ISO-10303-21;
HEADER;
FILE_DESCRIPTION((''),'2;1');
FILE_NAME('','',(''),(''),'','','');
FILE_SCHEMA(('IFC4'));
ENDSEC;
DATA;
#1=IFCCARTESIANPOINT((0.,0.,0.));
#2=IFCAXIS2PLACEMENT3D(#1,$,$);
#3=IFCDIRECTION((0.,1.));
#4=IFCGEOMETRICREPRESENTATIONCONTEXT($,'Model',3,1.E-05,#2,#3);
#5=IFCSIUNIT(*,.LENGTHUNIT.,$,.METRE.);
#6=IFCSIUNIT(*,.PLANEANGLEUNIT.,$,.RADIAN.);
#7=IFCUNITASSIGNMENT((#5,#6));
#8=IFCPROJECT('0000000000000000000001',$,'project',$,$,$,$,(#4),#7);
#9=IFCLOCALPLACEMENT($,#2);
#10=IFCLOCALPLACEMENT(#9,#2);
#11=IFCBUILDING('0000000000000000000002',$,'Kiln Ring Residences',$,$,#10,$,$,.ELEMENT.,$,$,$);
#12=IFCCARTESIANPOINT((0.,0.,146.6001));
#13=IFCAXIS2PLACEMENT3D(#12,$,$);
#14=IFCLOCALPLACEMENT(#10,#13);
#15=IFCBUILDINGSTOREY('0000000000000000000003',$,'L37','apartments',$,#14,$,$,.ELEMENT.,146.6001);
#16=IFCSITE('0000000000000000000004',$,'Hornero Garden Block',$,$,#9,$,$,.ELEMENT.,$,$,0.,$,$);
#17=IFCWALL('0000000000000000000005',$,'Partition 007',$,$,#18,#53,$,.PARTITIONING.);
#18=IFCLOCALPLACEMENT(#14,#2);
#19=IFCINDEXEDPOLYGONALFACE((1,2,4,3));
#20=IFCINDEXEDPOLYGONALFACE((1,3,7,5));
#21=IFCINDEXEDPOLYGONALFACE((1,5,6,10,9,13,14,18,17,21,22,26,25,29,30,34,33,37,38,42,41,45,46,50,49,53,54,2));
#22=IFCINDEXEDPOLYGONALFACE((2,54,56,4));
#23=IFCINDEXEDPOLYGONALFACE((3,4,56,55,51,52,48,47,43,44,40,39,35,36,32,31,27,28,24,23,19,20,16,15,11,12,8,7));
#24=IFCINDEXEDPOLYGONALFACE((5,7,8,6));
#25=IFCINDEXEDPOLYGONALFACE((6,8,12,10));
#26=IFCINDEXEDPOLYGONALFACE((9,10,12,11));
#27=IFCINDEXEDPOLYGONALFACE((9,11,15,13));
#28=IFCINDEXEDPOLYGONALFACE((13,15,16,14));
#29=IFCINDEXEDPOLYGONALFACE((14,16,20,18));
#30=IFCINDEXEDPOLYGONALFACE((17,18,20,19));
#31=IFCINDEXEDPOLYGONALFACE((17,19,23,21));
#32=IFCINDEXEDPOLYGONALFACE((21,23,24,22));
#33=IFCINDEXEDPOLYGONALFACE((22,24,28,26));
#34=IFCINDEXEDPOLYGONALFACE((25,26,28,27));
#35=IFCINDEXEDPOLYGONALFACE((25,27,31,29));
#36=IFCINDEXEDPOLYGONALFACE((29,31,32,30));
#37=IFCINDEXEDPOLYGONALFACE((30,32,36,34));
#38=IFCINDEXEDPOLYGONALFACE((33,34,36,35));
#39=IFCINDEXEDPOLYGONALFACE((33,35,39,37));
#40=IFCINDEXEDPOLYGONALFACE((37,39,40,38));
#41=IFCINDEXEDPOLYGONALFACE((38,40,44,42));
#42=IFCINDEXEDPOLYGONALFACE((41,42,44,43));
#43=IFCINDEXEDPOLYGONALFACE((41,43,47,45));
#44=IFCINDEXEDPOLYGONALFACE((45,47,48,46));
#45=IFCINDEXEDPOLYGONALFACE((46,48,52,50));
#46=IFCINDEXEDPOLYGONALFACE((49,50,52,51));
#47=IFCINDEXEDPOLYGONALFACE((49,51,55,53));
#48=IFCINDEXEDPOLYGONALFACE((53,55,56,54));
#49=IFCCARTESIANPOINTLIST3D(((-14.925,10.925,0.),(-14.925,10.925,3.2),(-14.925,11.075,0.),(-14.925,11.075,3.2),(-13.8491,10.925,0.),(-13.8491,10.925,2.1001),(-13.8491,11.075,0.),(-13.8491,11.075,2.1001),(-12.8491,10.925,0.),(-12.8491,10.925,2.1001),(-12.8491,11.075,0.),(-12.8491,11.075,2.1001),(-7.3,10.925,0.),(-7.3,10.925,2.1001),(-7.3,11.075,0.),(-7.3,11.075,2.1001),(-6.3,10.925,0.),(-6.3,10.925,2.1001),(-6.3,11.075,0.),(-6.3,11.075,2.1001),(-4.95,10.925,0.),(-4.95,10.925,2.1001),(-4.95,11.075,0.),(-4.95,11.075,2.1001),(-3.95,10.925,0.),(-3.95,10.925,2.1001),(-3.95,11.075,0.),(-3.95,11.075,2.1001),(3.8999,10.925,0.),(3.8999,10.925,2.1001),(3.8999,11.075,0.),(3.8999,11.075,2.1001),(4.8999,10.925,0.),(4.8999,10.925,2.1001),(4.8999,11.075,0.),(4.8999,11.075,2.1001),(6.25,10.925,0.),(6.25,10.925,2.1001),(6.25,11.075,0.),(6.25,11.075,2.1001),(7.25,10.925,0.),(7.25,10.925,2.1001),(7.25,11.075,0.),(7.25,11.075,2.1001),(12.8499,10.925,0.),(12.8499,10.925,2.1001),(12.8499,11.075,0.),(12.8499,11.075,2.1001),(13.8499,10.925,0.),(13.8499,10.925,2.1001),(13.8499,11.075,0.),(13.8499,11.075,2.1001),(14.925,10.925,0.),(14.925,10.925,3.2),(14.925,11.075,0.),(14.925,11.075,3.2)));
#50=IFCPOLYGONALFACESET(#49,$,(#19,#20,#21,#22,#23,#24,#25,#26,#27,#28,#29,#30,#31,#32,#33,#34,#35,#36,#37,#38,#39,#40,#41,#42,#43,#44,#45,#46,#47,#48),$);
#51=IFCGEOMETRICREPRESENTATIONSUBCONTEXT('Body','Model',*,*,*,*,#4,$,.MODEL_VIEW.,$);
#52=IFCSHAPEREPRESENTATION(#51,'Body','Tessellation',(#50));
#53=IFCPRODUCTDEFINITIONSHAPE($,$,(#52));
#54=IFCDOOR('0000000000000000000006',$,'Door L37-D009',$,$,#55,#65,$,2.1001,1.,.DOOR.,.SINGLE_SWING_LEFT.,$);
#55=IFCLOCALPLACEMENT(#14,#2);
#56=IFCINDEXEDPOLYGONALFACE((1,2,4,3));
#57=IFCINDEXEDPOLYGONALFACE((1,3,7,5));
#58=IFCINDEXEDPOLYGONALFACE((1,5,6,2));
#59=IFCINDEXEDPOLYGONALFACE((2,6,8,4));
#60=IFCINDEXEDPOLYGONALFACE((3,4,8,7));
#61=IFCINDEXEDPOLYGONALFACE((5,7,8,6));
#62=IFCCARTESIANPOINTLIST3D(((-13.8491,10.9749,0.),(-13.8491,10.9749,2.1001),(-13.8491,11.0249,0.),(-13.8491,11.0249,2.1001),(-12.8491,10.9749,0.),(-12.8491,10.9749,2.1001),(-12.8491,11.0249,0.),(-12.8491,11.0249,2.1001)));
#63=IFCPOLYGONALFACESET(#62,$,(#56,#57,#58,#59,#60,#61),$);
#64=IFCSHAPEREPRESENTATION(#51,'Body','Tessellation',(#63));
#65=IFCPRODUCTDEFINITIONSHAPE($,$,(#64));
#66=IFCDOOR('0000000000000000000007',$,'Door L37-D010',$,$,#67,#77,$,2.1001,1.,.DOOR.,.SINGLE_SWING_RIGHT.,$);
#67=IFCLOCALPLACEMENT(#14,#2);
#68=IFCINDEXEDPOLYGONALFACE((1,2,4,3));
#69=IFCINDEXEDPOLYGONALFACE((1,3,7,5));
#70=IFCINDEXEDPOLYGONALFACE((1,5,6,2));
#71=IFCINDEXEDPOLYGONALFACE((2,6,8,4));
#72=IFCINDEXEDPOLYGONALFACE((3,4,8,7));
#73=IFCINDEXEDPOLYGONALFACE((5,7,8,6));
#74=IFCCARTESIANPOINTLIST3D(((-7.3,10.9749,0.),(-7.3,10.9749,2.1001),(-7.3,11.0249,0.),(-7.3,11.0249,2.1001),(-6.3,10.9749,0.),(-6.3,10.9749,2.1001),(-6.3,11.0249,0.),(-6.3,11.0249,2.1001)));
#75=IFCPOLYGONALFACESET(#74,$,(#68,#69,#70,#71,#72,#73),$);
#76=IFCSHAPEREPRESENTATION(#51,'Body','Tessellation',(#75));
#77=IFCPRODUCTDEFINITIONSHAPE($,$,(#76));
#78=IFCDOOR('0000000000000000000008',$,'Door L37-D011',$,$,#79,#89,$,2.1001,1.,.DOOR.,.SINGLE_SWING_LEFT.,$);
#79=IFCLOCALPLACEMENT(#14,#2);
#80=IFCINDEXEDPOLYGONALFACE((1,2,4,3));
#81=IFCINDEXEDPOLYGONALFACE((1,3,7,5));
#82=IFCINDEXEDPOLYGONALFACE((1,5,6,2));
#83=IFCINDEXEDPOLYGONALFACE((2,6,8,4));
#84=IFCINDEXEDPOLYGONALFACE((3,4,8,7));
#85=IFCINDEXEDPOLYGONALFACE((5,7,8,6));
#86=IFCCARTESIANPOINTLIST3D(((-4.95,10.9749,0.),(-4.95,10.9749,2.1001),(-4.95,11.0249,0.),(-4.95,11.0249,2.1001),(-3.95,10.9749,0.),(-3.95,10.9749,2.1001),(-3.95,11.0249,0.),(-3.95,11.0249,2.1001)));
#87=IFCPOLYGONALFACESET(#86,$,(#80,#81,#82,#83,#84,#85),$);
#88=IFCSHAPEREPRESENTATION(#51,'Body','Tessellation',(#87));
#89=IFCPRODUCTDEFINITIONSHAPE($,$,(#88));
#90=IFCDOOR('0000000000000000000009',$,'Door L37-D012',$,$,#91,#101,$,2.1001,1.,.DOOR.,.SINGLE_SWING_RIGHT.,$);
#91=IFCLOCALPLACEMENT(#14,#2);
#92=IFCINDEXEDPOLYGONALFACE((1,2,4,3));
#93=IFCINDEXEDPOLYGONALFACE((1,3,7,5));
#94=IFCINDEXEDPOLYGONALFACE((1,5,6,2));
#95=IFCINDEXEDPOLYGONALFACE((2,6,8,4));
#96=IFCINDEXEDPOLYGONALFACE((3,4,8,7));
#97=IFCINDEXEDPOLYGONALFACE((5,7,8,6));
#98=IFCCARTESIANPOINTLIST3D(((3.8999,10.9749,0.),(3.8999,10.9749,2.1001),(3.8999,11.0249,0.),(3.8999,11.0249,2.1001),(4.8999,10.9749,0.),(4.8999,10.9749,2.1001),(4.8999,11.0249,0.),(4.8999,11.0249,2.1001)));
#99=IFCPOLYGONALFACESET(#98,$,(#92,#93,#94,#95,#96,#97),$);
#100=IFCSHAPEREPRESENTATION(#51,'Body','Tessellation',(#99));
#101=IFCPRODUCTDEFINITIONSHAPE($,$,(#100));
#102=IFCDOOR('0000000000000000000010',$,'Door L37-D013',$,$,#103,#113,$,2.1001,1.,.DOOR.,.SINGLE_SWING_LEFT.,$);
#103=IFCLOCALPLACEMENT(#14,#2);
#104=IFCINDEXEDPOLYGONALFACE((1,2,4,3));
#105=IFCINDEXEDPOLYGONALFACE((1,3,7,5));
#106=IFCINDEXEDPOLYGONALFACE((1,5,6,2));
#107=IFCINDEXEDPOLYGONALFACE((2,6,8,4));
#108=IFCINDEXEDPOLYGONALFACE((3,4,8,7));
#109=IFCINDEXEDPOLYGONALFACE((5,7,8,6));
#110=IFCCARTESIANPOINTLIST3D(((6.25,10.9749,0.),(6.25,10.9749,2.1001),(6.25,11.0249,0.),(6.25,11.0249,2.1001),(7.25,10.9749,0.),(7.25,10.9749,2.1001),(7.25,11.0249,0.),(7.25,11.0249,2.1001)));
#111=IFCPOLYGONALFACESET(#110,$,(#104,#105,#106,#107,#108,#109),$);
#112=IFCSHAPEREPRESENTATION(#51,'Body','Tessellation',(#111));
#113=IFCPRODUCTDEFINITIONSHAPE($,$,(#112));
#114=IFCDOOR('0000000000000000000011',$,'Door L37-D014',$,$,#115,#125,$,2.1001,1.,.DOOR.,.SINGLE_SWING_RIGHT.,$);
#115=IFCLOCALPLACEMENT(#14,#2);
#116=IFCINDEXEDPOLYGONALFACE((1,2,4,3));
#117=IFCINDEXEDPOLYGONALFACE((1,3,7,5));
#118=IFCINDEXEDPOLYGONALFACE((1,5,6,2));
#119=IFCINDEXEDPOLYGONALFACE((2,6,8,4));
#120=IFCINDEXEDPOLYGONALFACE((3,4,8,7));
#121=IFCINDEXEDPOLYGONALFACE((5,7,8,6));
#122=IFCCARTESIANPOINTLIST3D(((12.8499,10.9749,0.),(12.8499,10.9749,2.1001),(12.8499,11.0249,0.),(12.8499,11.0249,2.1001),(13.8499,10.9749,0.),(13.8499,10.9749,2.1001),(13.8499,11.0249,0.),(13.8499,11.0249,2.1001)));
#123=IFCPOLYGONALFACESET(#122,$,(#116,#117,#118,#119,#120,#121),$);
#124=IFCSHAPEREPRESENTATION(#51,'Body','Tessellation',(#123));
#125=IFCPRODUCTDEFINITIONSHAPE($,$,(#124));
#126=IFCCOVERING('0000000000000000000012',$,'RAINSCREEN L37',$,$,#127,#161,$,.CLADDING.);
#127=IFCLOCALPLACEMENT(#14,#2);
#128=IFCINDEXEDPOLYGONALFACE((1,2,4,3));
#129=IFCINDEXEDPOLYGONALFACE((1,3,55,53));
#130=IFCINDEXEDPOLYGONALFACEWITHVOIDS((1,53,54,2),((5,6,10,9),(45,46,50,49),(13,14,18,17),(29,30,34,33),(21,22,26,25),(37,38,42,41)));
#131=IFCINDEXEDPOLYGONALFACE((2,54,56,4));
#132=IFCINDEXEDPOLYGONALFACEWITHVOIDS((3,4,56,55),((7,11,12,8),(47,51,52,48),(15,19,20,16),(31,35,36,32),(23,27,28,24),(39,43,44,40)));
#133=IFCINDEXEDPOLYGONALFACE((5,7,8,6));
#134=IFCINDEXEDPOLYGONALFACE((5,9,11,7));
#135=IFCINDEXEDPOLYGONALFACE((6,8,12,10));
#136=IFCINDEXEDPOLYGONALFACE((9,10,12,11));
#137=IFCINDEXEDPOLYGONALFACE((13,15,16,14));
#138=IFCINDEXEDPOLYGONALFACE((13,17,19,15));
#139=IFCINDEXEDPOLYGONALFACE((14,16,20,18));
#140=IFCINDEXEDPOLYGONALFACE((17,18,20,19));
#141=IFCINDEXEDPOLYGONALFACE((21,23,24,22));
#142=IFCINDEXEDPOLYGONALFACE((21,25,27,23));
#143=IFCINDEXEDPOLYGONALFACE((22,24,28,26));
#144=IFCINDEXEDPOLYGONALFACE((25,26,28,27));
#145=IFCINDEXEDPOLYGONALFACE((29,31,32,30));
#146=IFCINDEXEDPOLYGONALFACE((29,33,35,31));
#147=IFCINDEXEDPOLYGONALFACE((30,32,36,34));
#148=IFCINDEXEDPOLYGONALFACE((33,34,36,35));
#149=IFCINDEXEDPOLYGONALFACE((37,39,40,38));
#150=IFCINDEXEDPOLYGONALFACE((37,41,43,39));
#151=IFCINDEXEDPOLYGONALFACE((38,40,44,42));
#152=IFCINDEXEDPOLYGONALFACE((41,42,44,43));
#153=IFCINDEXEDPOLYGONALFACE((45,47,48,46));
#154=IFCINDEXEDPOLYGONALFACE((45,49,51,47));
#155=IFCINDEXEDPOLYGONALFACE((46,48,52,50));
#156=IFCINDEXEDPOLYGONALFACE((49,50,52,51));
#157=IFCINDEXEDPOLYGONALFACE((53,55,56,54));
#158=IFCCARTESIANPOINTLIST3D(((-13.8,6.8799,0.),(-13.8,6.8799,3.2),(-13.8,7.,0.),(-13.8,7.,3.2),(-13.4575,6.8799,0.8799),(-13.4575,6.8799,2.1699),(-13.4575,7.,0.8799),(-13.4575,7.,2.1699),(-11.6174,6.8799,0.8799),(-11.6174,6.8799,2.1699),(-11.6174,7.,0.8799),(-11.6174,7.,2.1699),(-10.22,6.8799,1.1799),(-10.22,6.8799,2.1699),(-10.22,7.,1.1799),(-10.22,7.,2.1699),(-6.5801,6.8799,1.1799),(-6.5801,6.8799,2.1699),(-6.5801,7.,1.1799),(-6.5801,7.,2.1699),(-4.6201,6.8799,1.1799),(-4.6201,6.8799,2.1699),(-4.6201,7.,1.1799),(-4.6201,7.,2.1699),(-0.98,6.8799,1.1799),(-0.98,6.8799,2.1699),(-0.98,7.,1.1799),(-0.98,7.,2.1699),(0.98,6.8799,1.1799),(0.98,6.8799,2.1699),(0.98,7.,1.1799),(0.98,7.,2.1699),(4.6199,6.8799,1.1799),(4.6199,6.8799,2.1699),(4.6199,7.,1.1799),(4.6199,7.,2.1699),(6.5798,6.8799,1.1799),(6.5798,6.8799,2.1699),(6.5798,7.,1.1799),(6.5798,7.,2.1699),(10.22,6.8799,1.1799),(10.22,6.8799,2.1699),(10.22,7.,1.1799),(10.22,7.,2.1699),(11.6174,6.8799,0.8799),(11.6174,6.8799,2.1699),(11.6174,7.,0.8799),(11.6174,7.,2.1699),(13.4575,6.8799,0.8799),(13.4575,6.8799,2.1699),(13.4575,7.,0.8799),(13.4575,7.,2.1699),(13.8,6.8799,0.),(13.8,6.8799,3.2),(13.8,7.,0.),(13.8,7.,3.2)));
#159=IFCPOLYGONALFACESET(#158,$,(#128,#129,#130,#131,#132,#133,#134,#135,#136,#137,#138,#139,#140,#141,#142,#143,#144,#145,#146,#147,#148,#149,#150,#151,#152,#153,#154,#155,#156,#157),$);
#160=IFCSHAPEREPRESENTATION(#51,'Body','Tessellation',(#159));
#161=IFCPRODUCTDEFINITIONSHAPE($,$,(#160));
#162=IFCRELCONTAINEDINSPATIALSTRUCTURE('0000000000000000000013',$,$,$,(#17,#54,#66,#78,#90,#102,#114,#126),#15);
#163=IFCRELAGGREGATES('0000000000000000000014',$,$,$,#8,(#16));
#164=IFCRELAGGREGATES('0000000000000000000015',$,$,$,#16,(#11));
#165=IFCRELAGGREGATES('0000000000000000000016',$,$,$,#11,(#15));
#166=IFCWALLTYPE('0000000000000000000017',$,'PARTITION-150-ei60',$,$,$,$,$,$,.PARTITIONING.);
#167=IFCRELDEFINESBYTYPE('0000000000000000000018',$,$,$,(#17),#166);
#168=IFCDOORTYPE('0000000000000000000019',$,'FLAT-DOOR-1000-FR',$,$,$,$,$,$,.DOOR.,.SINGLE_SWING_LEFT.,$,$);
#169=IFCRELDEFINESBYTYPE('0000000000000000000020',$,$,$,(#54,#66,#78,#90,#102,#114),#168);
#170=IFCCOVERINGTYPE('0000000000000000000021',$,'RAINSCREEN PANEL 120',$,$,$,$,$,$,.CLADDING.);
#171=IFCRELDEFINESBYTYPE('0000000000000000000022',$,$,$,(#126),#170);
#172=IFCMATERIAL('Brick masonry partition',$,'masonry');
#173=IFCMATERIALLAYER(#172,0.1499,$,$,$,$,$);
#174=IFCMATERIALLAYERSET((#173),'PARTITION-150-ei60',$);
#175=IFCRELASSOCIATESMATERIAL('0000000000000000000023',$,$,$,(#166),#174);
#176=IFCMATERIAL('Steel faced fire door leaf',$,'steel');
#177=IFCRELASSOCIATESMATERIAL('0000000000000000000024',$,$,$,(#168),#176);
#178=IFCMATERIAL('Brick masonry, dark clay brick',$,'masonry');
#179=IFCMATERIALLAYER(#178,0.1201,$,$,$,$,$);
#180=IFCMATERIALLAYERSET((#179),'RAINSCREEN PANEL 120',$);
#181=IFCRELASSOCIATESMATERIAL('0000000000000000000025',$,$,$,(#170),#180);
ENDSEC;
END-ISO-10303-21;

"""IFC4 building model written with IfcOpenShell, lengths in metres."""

from ifc_helpers import new_model, si_unit, direction, frame, frame_2d, origin, place, context, subcontext, project, spatial, polyline, rectangle, outline, extrude, material, layer, layer_set, type_object, element, fill, save


model = new_model("IFC4")

# Units and contexts
model_context = context("Model", 3, precision=1e-05, world=origin(), true_north=direction((0.0, 1.0)))
body_context = subcontext(model_context, "Body", "Model", "MODEL_VIEW")
ifc_project = project(units=[si_unit("LENGTHUNIT", "METRE"), si_unit("PLANEANGLEUNIT", "RADIAN")], contexts=[model_context])

# Site, building, storey
site_placement = place(None, origin())
site = spatial("IfcSite", under=ifc_project, at=site_placement, Name="Hornero Garden Block", CompositionType="ELEMENT", RefElevation=0.0)
building_placement = place(site_placement, origin())
building = spatial("IfcBuilding", under=site, at=building_placement, Name="Kiln Ring Residences", CompositionType="ELEMENT")
storey_placement = place(building_placement, frame((0.0, 0.0, 146.6001)))
storey = spatial("IfcBuildingStorey", under=building, at=storey_placement, Name="L37", Description="apartments", CompositionType="ELEMENT", Elevation=146.6001)

# Wall, openings, doors
ifc_material_1 = material(Name="Brick masonry partition", Category="masonry")
ifc_layer_1 = layer(ifc_material_1, 0.1499)
ifc_layer_set_1 = layer_set([ifc_layer_1], Name="PARTITION-150-ei60")
wall_type_1 = type_object("IfcWallType", Name="PARTITION-150-ei60", PredefinedType="PARTITIONING", material=ifc_layer_set_1)
wall_1_placement = place(storey_placement, frame((-14.925, 11.0, 0.0), z_axis=(0.0, 0.0, 1.0), x_axis=(1.0, 0.0, 0.0)))
wall_1 = element("IfcWall", 1, at=wall_1_placement, inside=storey, type_object=wall_type_1, Name="Partition 007", PredefinedType="PARTITIONING", context=body_context, shape_type="SweptSolid", body=[
    extrude(rectangle(XDim=29.8501, YDim=0.1499, at=frame_2d((14.925, 0.0))), origin(), (0.0, 0.0, 1.0), 3.2),
])
opening_1_placement = place(wall_1_placement, frame((1.0759, 0.0, 0.0)))
opening_1 = element("IfcOpeningElement", 2, at=opening_1_placement, cuts=wall_1, PredefinedType="OPENING", context=body_context, shape_type="SweptSolid", body=[
    extrude(rectangle(XDim=1.0, YDim=2.1001, at=frame_2d((0.5, 1.05))), frame((0.0, 0.085, 0.0), z_axis=(0.0, -1.0, 0.0), x_axis=(1.0, 0.0, 0.0)), (0.0, 0.0, 1.0), 0.1699),
])
opening_2_placement = place(wall_1_placement, frame((7.625, 0.0, 0.0)))
opening_2 = element("IfcOpeningElement", 3, at=opening_2_placement, cuts=wall_1, PredefinedType="OPENING", context=body_context, shape_type="SweptSolid", body=[
    extrude(rectangle(XDim=1.0, YDim=2.1001, at=frame_2d((0.5, 1.05))), frame((0.0, 0.085, 0.0), z_axis=(0.0, -1.0, 0.0), x_axis=(1.0, 0.0, 0.0)), (0.0, 0.0, 1.0), 0.1699),
])
opening_3_placement = place(wall_1_placement, frame((9.9751, 0.0, 0.0)))
opening_3 = element("IfcOpeningElement", 4, at=opening_3_placement, cuts=wall_1, PredefinedType="OPENING", context=body_context, shape_type="SweptSolid", body=[
    extrude(rectangle(XDim=1.0, YDim=2.1001, at=frame_2d((0.5, 1.05))), frame((0.0, 0.085, 0.0), z_axis=(0.0, -1.0, 0.0), x_axis=(1.0, 0.0, 0.0)), (0.0, 0.0, 1.0), 0.1699),
])
opening_4_placement = place(wall_1_placement, frame((18.825, 0.0, 0.0)))
opening_4 = element("IfcOpeningElement", 5, at=opening_4_placement, cuts=wall_1, PredefinedType="OPENING", context=body_context, shape_type="SweptSolid", body=[
    extrude(rectangle(XDim=1.0, YDim=2.1001, at=frame_2d((0.5, 1.05))), frame((0.0, 0.085, 0.0), z_axis=(0.0, -1.0, 0.0), x_axis=(1.0, 0.0, 0.0)), (0.0, 0.0, 1.0), 0.1699),
])
opening_5_placement = place(wall_1_placement, frame((21.175, 0.0, 0.0)))
opening_5 = element("IfcOpeningElement", 6, at=opening_5_placement, cuts=wall_1, PredefinedType="OPENING", context=body_context, shape_type="SweptSolid", body=[
    extrude(rectangle(XDim=1.0, YDim=2.1001, at=frame_2d((0.5, 1.05))), frame((0.0, 0.085, 0.0), z_axis=(0.0, -1.0, 0.0), x_axis=(1.0, 0.0, 0.0)), (0.0, 0.0, 1.0), 0.1699),
])
opening_6_placement = place(wall_1_placement, frame((27.7749, 0.0, 0.0)))
opening_6 = element("IfcOpeningElement", 7, at=opening_6_placement, cuts=wall_1, PredefinedType="OPENING", context=body_context, shape_type="SweptSolid", body=[
    extrude(rectangle(XDim=1.0, YDim=2.1001, at=frame_2d((0.5, 1.05))), frame((0.0, 0.085, 0.0), z_axis=(0.0, -1.0, 0.0), x_axis=(1.0, 0.0, 0.0)), (0.0, 0.0, 1.0), 0.1699),
])
ifc_material_2 = material(Name="Steel faced fire door leaf", Category="steel")
door_type = type_object("IfcDoorType", Name="FLAT-DOOR-1000-FR", OperationType="SINGLE_SWING_LEFT", PredefinedType="DOOR", material=ifc_material_2)
door_1_placement = place(opening_1_placement, origin())
door_1 = element("IfcDoor", 8, at=door_1_placement, inside=storey, type_object=door_type, Name="Door L37-D009", OperationType="SINGLE_SWING_LEFT", OverallHeight=2.1001, OverallWidth=1.0, PredefinedType="DOOR", context=body_context, shape_type="SweptSolid", body=[
    extrude(rectangle(XDim=1.0, YDim=2.1001, at=frame_2d((0.5, 1.05))), frame((0.0, 0.0249, 0.0), z_axis=(0.0, -1.0, 0.0), x_axis=(1.0, 0.0, 0.0)), (0.0, 0.0, 1.0), 0.05),
])
fill(opening_1, door_1)
door_2_placement = place(opening_2_placement, origin())
door_2 = element("IfcDoor", 9, at=door_2_placement, inside=storey, type_object=door_type, Name="Door L37-D010", OperationType="SINGLE_SWING_RIGHT", OverallHeight=2.1001, OverallWidth=1.0, PredefinedType="DOOR", context=body_context, shape_type="SweptSolid", body=[
    extrude(rectangle(XDim=1.0, YDim=2.1001, at=frame_2d((0.5, 1.05))), frame((0.0, 0.0249, 0.0), z_axis=(0.0, -1.0, 0.0), x_axis=(1.0, 0.0, 0.0)), (0.0, 0.0, 1.0), 0.05),
])
fill(opening_2, door_2)
door_3_placement = place(opening_3_placement, origin())
door_3 = element("IfcDoor", 10, at=door_3_placement, inside=storey, type_object=door_type, Name="Door L37-D011", OperationType="SINGLE_SWING_LEFT", OverallHeight=2.1001, OverallWidth=1.0, PredefinedType="DOOR", context=body_context, shape_type="SweptSolid", body=[
    extrude(rectangle(XDim=1.0, YDim=2.1001, at=frame_2d((0.5, 1.05))), frame((0.0, 0.0249, 0.0), z_axis=(0.0, -1.0, 0.0), x_axis=(1.0, 0.0, 0.0)), (0.0, 0.0, 1.0), 0.05),
])
fill(opening_3, door_3)
door_4_placement = place(opening_4_placement, origin())
door_4 = element("IfcDoor", 11, at=door_4_placement, inside=storey, type_object=door_type, Name="Door L37-D012", OperationType="SINGLE_SWING_RIGHT", OverallHeight=2.1001, OverallWidth=1.0, PredefinedType="DOOR", context=body_context, shape_type="SweptSolid", body=[
    extrude(rectangle(XDim=1.0, YDim=2.1001, at=frame_2d((0.5, 1.05))), frame((0.0, 0.0249, 0.0), z_axis=(0.0, -1.0, 0.0), x_axis=(1.0, 0.0, 0.0)), (0.0, 0.0, 1.0), 0.05),
])
fill(opening_4, door_4)
door_5_placement = place(opening_5_placement, origin())
door_5 = element("IfcDoor", 12, at=door_5_placement, inside=storey, type_object=door_type, Name="Door L37-D013", OperationType="SINGLE_SWING_LEFT", OverallHeight=2.1001, OverallWidth=1.0, PredefinedType="DOOR", context=body_context, shape_type="SweptSolid", body=[
    extrude(rectangle(XDim=1.0, YDim=2.1001, at=frame_2d((0.5, 1.05))), frame((0.0, 0.0249, 0.0), z_axis=(0.0, -1.0, 0.0), x_axis=(1.0, 0.0, 0.0)), (0.0, 0.0, 1.0), 0.05),
])
fill(opening_5, door_5)
door_6_placement = place(opening_6_placement, origin())
door_6 = element("IfcDoor", 13, at=door_6_placement, inside=storey, type_object=door_type, Name="Door L37-D014", OperationType="SINGLE_SWING_RIGHT", OverallHeight=2.1001, OverallWidth=1.0, PredefinedType="DOOR", context=body_context, shape_type="SweptSolid", body=[
    extrude(rectangle(XDim=1.0, YDim=2.1001, at=frame_2d((0.5, 1.05))), frame((0.0, 0.0249, 0.0), z_axis=(0.0, -1.0, 0.0), x_axis=(1.0, 0.0, 0.0)), (0.0, 0.0, 1.0), 0.05),
])
fill(opening_6, door_6)

# Covering
ifc_material_3 = material(Name="Brick masonry, dark clay brick", Category="masonry")
ifc_layer_2 = layer(ifc_material_3, 0.1201)
ifc_layer_set_2 = layer_set([ifc_layer_2], Name="RAINSCREEN PANEL 120")
covering_type = type_object("IfcCoveringType", Name="RAINSCREEN PANEL 120", PredefinedType="CLADDING", material=ifc_layer_set_2)
covering_placement = place(storey_placement, frame((-13.8, 6.9399, 0.0), z_axis=(0.0, 0.0, 1.0), x_axis=(1.0, 0.0, 0.0)))
element("IfcCovering", 14, at=covering_placement, inside=storey, type_object=covering_type, Name="RAINSCREEN L37", PredefinedType="CLADDING", context=body_context, shape_type="SweptSolid", body=[
    extrude(outline(polyline([(0.0, 0.0), (27.6001, 0.0), (27.6001, 3.2), (0.0, 3.2), (0.0, 0.0)]), holes=[polyline([(2.1826, 0.8799), (2.1826, 2.1699), (0.3425, 2.1699), (0.3425, 0.8799), (2.1826, 0.8799)]), polyline([(25.4175, 0.8799), (27.2576, 0.8799), (27.2576, 2.1699), (25.4175, 2.1699), (25.4175, 0.8799)]), polyline([(3.5801, 1.1799), (7.22, 1.1799), (7.22, 2.1699), (3.5801, 2.1699), (3.5801, 1.1799)]), polyline([(12.8201, 1.1799), (12.8201, 2.1699), (9.1799, 2.1699), (9.1799, 1.1799), (12.8201, 1.1799)]), polyline([(14.78, 1.1799), (18.4199, 1.1799), (18.4199, 2.1699), (14.78, 2.1699), (14.78, 1.1799)]), polyline([(20.3799, 1.1799), (24.02, 1.1799), (24.02, 2.1699), (20.3799, 2.1699), (20.3799, 1.1799)])]), frame((0.0, 0.0601, 0.0), z_axis=(0.0, -1.0, 0.0), x_axis=(1.0, 0.0, 0.0)), (0.0, 0.0, 1.0), 0.1201),
])

save(model, "model.ifc")
